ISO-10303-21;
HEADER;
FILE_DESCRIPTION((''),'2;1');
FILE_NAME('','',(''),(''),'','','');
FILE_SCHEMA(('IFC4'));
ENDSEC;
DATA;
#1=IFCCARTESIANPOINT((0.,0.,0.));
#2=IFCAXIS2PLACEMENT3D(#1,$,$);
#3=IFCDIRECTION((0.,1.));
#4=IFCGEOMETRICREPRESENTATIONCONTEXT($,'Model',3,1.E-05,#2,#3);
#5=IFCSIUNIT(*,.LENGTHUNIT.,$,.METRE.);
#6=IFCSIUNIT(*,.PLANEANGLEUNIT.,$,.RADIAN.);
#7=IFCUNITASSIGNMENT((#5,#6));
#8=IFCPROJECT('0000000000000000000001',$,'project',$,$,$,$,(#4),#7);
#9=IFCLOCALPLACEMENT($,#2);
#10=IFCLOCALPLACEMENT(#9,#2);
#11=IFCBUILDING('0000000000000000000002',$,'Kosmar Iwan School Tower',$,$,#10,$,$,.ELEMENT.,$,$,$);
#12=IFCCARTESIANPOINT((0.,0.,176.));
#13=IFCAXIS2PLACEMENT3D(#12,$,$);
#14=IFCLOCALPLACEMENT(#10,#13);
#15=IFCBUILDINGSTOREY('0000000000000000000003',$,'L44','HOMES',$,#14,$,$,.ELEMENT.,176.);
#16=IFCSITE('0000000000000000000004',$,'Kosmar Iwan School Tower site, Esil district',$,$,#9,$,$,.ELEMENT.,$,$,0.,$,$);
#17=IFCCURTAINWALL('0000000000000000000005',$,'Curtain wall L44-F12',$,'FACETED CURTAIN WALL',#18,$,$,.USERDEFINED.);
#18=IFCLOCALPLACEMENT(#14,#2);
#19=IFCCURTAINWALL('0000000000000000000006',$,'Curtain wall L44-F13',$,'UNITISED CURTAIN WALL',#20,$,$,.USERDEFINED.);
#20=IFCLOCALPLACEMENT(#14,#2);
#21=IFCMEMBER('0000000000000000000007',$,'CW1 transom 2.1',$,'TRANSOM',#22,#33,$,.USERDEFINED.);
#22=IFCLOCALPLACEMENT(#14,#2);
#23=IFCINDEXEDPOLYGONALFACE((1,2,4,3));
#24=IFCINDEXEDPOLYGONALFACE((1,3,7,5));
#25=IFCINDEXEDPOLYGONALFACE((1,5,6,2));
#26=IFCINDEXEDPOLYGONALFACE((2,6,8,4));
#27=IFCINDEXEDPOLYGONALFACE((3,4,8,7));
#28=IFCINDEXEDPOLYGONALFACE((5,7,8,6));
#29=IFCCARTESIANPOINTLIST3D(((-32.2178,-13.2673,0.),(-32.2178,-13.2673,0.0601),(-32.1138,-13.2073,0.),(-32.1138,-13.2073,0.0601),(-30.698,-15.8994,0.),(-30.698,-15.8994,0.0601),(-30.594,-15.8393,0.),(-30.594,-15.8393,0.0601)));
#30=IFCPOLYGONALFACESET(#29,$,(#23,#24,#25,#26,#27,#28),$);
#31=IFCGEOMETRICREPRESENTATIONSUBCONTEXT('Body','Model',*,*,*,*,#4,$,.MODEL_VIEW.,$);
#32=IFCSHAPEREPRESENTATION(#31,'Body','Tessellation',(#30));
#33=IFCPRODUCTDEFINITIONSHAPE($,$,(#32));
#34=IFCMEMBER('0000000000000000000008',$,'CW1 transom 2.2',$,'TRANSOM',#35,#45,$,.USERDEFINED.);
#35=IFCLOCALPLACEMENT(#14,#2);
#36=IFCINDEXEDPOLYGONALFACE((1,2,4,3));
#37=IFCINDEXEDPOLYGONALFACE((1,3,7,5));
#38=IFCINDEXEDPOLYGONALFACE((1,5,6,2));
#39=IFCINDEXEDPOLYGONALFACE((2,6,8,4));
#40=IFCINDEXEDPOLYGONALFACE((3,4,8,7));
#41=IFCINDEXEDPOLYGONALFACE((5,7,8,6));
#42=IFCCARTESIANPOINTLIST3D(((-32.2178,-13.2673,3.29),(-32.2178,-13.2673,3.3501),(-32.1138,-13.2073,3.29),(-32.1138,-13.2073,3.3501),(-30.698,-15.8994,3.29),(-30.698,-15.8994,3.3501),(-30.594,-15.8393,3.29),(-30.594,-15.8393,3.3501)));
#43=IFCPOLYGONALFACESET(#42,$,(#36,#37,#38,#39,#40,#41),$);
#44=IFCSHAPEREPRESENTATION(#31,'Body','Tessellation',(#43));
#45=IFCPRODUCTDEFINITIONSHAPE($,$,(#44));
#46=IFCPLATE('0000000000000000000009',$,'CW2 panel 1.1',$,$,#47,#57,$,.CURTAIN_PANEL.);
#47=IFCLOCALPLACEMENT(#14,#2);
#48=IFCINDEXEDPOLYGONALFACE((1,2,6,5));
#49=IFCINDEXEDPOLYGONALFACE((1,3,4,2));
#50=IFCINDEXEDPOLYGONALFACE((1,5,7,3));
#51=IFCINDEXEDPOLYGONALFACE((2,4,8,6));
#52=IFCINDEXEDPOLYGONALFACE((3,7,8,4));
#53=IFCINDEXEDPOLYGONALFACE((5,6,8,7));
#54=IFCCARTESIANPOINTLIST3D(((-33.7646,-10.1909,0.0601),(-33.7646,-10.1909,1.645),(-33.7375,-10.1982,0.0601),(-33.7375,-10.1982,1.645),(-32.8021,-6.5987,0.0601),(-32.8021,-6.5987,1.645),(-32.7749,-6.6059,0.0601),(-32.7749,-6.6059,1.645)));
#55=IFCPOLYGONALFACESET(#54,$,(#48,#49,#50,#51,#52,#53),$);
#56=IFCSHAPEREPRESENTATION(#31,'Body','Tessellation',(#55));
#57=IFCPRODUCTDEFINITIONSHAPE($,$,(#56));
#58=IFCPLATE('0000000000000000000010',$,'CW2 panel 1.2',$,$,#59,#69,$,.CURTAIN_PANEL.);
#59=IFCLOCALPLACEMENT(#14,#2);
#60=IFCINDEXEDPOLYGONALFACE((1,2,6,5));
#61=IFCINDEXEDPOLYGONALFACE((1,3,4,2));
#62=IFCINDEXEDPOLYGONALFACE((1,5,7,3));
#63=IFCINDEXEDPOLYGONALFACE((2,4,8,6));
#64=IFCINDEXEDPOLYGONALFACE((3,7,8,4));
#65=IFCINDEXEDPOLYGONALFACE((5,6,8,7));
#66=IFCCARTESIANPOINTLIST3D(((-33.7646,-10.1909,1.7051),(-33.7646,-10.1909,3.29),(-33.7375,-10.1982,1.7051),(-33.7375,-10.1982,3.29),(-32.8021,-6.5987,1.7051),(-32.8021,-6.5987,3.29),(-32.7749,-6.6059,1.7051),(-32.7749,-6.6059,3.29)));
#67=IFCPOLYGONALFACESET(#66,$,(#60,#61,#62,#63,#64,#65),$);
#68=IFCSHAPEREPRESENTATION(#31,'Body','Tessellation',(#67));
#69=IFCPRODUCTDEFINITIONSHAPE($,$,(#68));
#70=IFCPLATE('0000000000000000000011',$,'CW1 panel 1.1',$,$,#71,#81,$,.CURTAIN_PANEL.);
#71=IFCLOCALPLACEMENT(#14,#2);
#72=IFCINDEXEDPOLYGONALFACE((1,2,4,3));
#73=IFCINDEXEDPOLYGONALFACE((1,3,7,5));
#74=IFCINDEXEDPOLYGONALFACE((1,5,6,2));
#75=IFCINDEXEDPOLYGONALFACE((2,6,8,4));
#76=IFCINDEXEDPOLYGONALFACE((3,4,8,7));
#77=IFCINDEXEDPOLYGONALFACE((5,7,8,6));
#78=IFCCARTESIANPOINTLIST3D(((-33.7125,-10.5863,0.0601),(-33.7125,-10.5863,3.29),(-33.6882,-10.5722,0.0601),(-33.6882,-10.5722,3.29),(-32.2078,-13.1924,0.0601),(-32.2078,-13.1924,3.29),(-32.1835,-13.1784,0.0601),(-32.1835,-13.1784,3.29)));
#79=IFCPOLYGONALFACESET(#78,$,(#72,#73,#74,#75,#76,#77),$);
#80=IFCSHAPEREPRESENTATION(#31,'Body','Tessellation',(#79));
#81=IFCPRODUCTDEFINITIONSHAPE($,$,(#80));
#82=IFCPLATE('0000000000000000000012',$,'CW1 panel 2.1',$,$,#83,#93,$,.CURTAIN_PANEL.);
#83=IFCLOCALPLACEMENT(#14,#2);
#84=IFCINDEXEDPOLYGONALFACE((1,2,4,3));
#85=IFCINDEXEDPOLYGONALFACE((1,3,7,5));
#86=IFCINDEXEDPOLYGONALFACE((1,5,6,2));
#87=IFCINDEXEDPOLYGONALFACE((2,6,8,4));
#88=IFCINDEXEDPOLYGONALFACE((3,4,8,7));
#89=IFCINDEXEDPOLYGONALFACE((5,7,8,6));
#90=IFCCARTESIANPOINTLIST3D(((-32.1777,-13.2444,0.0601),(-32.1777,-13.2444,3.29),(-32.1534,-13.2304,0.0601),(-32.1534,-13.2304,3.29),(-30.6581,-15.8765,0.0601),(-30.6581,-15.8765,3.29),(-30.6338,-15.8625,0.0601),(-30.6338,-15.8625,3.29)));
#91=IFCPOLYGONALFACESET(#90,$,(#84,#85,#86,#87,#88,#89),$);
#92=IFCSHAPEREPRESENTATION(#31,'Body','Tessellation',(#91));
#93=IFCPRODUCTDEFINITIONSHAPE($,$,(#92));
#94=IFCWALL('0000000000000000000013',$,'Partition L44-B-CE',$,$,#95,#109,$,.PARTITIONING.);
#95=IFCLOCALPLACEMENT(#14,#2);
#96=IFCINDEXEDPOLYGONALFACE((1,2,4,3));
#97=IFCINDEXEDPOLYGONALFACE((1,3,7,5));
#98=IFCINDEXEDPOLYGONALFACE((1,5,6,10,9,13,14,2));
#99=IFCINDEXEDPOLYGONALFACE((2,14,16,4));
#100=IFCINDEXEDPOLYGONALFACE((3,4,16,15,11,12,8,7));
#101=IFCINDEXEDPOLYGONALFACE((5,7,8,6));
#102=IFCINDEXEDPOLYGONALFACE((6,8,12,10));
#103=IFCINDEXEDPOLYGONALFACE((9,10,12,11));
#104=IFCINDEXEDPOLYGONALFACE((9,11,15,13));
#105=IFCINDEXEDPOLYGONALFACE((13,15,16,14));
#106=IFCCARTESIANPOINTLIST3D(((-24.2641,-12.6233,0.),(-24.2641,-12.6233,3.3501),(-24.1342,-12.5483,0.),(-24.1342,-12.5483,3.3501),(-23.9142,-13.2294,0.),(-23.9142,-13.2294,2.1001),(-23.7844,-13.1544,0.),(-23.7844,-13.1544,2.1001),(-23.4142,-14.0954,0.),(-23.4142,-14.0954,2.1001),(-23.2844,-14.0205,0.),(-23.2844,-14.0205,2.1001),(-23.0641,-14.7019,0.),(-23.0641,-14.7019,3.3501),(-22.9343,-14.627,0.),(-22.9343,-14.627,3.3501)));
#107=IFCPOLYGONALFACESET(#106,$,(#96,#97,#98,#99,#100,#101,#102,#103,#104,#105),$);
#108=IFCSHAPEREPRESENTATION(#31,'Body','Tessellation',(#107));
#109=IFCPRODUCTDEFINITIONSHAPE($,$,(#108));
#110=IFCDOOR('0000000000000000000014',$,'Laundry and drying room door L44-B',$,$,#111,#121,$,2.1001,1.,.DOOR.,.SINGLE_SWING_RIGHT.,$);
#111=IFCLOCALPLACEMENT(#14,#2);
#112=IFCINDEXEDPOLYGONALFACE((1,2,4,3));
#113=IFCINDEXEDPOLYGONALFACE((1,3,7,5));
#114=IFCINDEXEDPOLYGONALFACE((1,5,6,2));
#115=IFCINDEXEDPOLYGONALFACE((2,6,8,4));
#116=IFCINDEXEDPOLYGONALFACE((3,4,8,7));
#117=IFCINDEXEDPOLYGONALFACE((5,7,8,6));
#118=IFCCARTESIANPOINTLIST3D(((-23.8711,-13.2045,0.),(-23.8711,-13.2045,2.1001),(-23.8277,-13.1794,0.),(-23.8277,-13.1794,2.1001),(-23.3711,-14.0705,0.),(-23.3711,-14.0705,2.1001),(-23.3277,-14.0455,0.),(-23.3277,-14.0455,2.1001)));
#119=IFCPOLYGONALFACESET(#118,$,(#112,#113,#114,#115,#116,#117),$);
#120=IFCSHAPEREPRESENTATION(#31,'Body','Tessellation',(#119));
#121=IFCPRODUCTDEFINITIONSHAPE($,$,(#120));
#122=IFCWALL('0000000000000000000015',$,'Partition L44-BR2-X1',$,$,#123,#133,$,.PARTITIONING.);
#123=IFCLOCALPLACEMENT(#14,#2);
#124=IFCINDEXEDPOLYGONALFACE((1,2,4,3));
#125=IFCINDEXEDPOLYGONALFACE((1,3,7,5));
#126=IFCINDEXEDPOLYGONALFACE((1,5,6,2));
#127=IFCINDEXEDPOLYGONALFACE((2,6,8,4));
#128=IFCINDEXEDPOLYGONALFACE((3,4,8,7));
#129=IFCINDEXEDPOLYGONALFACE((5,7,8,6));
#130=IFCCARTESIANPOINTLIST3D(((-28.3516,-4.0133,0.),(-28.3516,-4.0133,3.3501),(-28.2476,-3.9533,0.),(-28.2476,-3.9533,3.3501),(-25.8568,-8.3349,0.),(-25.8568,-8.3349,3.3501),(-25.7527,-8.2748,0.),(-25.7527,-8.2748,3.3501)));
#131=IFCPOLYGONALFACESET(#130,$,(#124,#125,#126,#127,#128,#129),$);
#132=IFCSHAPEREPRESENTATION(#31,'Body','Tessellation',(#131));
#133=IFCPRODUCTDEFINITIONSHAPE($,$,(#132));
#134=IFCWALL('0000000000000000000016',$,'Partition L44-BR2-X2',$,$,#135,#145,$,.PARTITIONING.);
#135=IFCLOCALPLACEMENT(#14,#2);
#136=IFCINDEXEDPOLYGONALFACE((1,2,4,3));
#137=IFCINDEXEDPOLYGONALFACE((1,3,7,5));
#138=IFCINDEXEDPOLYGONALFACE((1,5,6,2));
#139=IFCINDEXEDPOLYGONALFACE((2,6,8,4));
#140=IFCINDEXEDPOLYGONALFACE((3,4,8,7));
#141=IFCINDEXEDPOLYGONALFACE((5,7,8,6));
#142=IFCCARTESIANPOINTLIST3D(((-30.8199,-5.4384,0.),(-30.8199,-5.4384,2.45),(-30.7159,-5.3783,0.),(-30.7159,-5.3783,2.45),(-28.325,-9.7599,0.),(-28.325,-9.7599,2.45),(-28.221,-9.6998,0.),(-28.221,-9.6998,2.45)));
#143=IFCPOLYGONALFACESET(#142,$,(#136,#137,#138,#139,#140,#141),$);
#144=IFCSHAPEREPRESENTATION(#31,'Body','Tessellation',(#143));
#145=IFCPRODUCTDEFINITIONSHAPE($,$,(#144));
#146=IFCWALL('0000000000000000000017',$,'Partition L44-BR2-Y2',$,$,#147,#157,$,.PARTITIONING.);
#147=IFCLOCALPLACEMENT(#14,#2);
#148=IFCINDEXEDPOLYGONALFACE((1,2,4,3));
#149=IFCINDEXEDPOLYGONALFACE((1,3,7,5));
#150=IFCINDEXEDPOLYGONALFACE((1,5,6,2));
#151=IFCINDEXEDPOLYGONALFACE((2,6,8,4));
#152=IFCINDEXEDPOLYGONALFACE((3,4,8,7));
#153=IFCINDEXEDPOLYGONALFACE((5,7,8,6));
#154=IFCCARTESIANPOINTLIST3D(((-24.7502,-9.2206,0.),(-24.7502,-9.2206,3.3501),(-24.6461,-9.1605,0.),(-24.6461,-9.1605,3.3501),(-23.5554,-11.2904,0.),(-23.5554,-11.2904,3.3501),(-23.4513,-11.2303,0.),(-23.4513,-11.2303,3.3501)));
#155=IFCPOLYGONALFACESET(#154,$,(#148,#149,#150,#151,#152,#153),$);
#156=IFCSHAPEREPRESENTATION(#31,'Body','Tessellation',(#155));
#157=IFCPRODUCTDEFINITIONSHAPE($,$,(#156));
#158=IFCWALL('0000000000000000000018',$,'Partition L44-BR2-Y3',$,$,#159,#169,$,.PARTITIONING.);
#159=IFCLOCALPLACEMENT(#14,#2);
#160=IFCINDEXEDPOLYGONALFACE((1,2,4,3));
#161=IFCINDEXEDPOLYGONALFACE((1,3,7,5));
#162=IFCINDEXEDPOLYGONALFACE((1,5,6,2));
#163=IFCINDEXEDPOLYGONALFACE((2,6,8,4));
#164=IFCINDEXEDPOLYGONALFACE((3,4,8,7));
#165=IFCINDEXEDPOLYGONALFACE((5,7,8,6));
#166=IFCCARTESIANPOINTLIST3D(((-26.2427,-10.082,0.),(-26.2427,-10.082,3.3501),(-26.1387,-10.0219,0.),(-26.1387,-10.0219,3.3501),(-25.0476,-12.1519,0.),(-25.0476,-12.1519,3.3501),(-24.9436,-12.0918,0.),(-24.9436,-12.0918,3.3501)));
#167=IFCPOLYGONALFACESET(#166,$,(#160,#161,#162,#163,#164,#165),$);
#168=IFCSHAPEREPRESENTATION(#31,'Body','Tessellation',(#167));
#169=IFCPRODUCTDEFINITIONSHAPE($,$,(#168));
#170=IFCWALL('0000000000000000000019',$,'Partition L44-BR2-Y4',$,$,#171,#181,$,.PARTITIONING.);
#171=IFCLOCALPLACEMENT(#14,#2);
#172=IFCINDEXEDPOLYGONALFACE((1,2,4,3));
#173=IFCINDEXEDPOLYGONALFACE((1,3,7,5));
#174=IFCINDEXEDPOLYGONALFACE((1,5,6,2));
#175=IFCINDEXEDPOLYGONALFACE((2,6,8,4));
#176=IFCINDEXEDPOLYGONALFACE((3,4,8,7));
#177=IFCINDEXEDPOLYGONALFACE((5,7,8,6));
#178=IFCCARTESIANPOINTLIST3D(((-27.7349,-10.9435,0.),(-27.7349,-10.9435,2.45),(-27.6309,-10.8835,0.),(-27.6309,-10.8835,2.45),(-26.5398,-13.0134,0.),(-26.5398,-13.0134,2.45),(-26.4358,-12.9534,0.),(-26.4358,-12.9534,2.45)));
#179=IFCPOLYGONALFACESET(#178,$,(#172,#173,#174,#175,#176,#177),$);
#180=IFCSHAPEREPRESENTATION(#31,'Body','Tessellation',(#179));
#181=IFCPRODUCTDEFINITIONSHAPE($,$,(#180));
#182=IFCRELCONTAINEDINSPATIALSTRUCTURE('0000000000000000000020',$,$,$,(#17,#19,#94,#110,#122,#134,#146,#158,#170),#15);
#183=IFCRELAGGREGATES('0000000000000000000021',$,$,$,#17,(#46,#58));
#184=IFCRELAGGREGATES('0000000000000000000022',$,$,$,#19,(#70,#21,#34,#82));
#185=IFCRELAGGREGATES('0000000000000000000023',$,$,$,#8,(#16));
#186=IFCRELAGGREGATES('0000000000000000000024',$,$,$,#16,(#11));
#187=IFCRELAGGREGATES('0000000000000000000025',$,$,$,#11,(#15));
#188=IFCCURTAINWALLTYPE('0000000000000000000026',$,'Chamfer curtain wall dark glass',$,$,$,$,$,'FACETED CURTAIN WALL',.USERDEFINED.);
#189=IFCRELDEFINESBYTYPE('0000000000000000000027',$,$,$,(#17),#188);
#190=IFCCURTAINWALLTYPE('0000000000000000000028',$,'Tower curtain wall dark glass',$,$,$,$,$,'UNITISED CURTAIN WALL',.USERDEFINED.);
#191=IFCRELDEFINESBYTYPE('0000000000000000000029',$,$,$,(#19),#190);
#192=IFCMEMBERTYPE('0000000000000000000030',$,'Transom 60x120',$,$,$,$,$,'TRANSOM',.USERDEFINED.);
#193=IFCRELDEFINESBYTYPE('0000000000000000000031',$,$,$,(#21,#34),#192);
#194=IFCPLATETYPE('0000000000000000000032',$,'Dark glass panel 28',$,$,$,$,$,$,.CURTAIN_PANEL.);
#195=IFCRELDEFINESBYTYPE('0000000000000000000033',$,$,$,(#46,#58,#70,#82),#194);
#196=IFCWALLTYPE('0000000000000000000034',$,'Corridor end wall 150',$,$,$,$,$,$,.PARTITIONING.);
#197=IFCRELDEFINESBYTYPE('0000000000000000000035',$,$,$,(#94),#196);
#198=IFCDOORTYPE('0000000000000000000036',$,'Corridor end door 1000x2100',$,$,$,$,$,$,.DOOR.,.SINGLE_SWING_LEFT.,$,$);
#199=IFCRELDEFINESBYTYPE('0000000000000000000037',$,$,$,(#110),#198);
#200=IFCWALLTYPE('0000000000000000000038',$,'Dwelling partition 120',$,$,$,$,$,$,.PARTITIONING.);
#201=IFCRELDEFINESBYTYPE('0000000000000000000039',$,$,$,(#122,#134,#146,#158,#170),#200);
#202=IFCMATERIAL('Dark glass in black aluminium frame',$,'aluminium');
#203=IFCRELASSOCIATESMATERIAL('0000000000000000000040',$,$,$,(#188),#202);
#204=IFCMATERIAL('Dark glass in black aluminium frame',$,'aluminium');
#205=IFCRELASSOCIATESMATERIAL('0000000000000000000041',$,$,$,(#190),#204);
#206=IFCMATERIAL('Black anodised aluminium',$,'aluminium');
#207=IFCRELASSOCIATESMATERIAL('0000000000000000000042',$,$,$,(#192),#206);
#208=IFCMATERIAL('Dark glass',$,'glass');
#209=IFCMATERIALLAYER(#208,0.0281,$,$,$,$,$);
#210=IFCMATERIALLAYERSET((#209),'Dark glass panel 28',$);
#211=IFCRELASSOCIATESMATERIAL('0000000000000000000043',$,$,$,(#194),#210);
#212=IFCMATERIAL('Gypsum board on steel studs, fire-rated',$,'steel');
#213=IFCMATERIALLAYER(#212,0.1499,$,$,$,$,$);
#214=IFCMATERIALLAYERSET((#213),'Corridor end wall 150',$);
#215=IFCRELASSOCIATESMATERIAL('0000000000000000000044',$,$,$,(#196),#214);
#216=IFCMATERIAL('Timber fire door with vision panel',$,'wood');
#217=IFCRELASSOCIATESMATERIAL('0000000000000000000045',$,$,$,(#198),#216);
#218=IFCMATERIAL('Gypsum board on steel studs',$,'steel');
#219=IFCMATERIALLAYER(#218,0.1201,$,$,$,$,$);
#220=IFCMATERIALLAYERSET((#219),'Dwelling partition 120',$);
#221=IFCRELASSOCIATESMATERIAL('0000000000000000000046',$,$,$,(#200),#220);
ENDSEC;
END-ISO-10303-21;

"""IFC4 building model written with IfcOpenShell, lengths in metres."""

from ifc_helpers import new_model, si_unit, direction, frame, frame_2d, origin, origin_2d, place, context, subcontext, project, spatial, rectangle, extrude, material, layer, layer_set, material_profile, profile_set, type_object, element, fill, aggregate, save


model = new_model("IFC4")

# Units and contexts
model_context = context("Model", 3, precision=1e-05, world=origin(), true_north=direction((0.0, 1.0)))
body_context = subcontext(model_context, "Body", "Model", "MODEL_VIEW")
ifc_project = project(units=[si_unit("LENGTHUNIT", "METRE"), si_unit("PLANEANGLEUNIT", "RADIAN")], contexts=[model_context])

# Site, building, storey
site_placement = place(None, origin())
site = spatial("IfcSite", under=ifc_project, at=site_placement, Name="Kosmar Iwan School Tower site, Esil district", CompositionType="ELEMENT", RefElevation=0.0)
building_placement = place(site_placement, origin())
building = spatial("IfcBuilding", under=site, at=building_placement, Name="Kosmar Iwan School Tower", CompositionType="ELEMENT")
storey_placement = place(building_placement, frame((0.0, 0.0, 176.0)))
storey = spatial("IfcBuildingStorey", under=building, at=storey_placement, Name="L44", Description="HOMES", CompositionType="ELEMENT", Elevation=176.0)

# Curtain walls
ifc_material_1 = material(Name="Dark glass in black aluminium frame", Category="aluminium")
curtain_wall_type_1 = type_object("IfcCurtainWallType", Name="Chamfer curtain wall dark glass", ElementType="FACETED CURTAIN WALL", PredefinedType="USERDEFINED", material=ifc_material_1)
curtain_wall_1_placement = place(storey_placement, origin())
curtain_wall_1 = element("IfcCurtainWall", 1, at=curtain_wall_1_placement, inside=storey, type_object=curtain_wall_type_1, Name="Curtain wall L44-F12", ObjectType="FACETED CURTAIN WALL", PredefinedType="USERDEFINED")
ifc_material_2 = material(Name="Dark glass in black aluminium frame", Category="aluminium")
curtain_wall_type_2 = type_object("IfcCurtainWallType", Name="Tower curtain wall dark glass", ElementType="UNITISED CURTAIN WALL", PredefinedType="USERDEFINED", material=ifc_material_2)
curtain_wall_2_placement = place(storey_placement, origin())
curtain_wall_2 = element("IfcCurtainWall", 2, at=curtain_wall_2_placement, inside=storey, type_object=curtain_wall_type_2, Name="Curtain wall L44-F13", ObjectType="UNITISED CURTAIN WALL", PredefinedType="USERDEFINED")

# Members
ifc_material_3 = material(Name="Black anodised aluminium", Category="aluminium")
ifc_material_profile_1 = material_profile(ifc_material_3, rectangle(XDim=0.1201, YDim=0.0601, at=origin_2d()), Name="TRANSOM 60x120")
ifc_profile_set_1 = profile_set([ifc_material_profile_1], Name="Black anodised aluminium")
member_type_1 = type_object("IfcMemberType", Name="Transom 60x120", ElementType="TRANSOM", PredefinedType="USERDEFINED", material=ifc_profile_set_1)
member_1_placement = place(storey_placement, frame((-32.1658, -13.2373, 0.03), z_axis=(0.500035, -0.866005, 0.0), x_axis=(0.866005, 0.500035, 0.0)))
member_1 = element("IfcMember", 3, at=member_1_placement, type_object=member_type_1, Name="CW1 transom 2.1", ObjectType="TRANSOM", PredefinedType="USERDEFINED", context=body_context, shape_type="SweptSolid", body=[
    extrude(rectangle(XDim=0.1201, YDim=0.0601, at=origin_2d()), origin(), (0.0, 0.0, 1.0), 3.0393),
])
member_2_placement = place(storey_placement, frame((-32.1658, -13.2373, 3.3201), z_axis=(0.500035, -0.866005, 0.0), x_axis=(0.866005, 0.500035, 0.0)))
member_2 = element("IfcMember", 4, at=member_2_placement, type_object=member_type_1, Name="CW1 transom 2.2", ObjectType="TRANSOM", PredefinedType="USERDEFINED", context=body_context, shape_type="SweptSolid", body=[
    extrude(rectangle(XDim=0.1201, YDim=0.0601, at=origin_2d()), origin(), (0.0, 0.0, 1.0), 3.0393),
])

# Plates
ifc_material_4 = material(Name="Dark glass", Category="glass")
ifc_layer_1 = layer(ifc_material_4, 0.0281)
ifc_layer_set_1 = layer_set([ifc_layer_1], Name="Dark glass panel 28")
plate_type = type_object("IfcPlateType", Name="Dark glass panel 28", PredefinedType="CURTAIN_PANEL", material=ifc_layer_set_1)
plate_1_placement = place(storey_placement, frame((-33.2698, -8.3984, 0.0601), z_axis=(0.0, 0.0, 1.0), x_axis=(-0.258819, -0.965926, 0.0)))
plate_1 = element("IfcPlate", 5, at=plate_1_placement, type_object=plate_type, Name="CW2 panel 1.1", PredefinedType="CURTAIN_PANEL", context=body_context, shape_type="SweptSolid", body=[
    extrude(rectangle(XDim=3.719, YDim=0.0281, at=origin_2d()), origin(), (0.0, 0.0, 1.0), 1.585),
])
plate_2_placement = place(storey_placement, frame((-33.2698, -8.3984, 1.7051), z_axis=(0.0, 0.0, 1.0), x_axis=(-0.258819, -0.965926, 0.0)))
plate_2 = element("IfcPlate", 6, at=plate_2_placement, type_object=plate_type, Name="CW2 panel 1.2", PredefinedType="CURTAIN_PANEL", context=body_context, shape_type="SweptSolid", body=[
    extrude(rectangle(XDim=3.719, YDim=0.0281, at=origin_2d()), origin(), (0.0, 0.0, 1.0), 1.585),
])
aggregate(curtain_wall_1, [plate_1, plate_2])
plate_3_placement = place(storey_placement, frame((-32.948, -11.8823, 0.0601), z_axis=(0.0, 0.0, 1.0), x_axis=(0.5, -0.866025, 0.0)))
plate_3 = element("IfcPlate", 7, at=plate_3_placement, type_object=plate_type, Name="CW1 panel 1.1", PredefinedType="CURTAIN_PANEL", context=body_context, shape_type="SweptSolid", body=[
    extrude(rectangle(XDim=3.0093, YDim=0.0281, at=origin_2d()), origin(), (0.0, 0.0, 1.0), 3.23),
])
plate_4_placement = place(storey_placement, frame((-31.4058, -14.5535, 0.0601), z_axis=(0.0, 0.0, 1.0), x_axis=(0.5, -0.866025, 0.0)))
plate_4 = element("IfcPlate", 8, at=plate_4_placement, type_object=plate_type, Name="CW1 panel 2.1", PredefinedType="CURTAIN_PANEL", context=body_context, shape_type="SweptSolid", body=[
    extrude(rectangle(XDim=3.0393, YDim=0.0281, at=origin_2d()), origin(), (0.0, 0.0, 1.0), 3.23),
])
aggregate(curtain_wall_2, [plate_3, member_1, member_2, plate_4])

# Wall, opening, door
ifc_material_5 = material(Name="Gypsum board on steel studs, fire-rated", Category="steel")
ifc_layer_2 = layer(ifc_material_5, 0.1499)
ifc_layer_set_2 = layer_set([ifc_layer_2], Name="Corridor end wall 150")
wall_type_1 = type_object("IfcWallType", Name="Corridor end wall 150", PredefinedType="PARTITIONING", material=ifc_layer_set_2)
wall_1_placement = place(storey_placement, frame((-24.1992, -12.5857, 0.0), z_axis=(0.0, 0.0, 1.0), x_axis=(0.499957, -0.86605, 0.0)))
wall_1 = element("IfcWall", 9, at=wall_1_placement, inside=storey, type_object=wall_type_1, Name="Partition L44-B-CE", PredefinedType="PARTITIONING", context=body_context, shape_type="SweptSolid", body=[
    extrude(rectangle(XDim=2.4001, YDim=0.1499, at=frame_2d((1.2002, 0.0))), origin(), (0.0, 0.0, 1.0), 3.3501),
])
opening_placement = place(wall_1_placement, frame((0.7, 0.0, 0.0)))
opening = element("IfcOpeningElement", 10, at=opening_placement, cuts=wall_1, PredefinedType="OPENING", context=body_context, shape_type="SweptSolid", body=[
    extrude(rectangle(XDim=1.0, YDim=2.1001, at=frame_2d((0.5, 1.05))), frame((0.0, 0.0869, 0.0), z_axis=(0.0, -1.0, 0.0), x_axis=(1.0, 0.0, 0.0)), (0.0, 0.0, 1.0), 0.1738),
])
ifc_material_6 = material(Name="Timber fire door with vision panel", Category="wood")
door_type = type_object("IfcDoorType", Name="Corridor end door 1000x2100", OperationType="SINGLE_SWING_LEFT", PredefinedType="DOOR", material=ifc_material_6)
door_placement = place(opening_placement, origin())
door = element("IfcDoor", 11, at=door_placement, inside=storey, type_object=door_type, Name="Laundry and drying room door L44-B", OperationType="SINGLE_SWING_RIGHT", OverallHeight=2.1001, OverallWidth=1.0, PredefinedType="DOOR", context=body_context, shape_type="SweptSolid", body=[
    extrude(rectangle(XDim=1.0, YDim=2.1001, at=frame_2d((0.5, 1.05))), frame((0.0, 0.0249, 0.0), z_axis=(0.0, -1.0, 0.0), x_axis=(1.0, 0.0, 0.0)), (0.0, 0.0, 1.0), 0.05),
])
fill(opening, door)

# Walls
ifc_material_7 = material(Name="Gypsum board on steel studs", Category="steel")
ifc_layer_3 = layer(ifc_material_7, 0.1201)
ifc_layer_set_3 = layer_set([ifc_layer_3], Name="Dwelling partition 120")
wall_type_2 = type_object("IfcWallType", Name="Dwelling partition 120", PredefinedType="PARTITIONING", material=ifc_layer_set_3)
wall_2_placement = place(storey_placement, frame((-25.8047, -8.3049, 0.0), z_axis=(0.0, 0.0, 1.0), x_axis=(-0.499975, 0.86604, 0.0)))
element("IfcWall", 12, at=wall_2_placement, inside=storey, type_object=wall_type_2, Name="Partition L44-BR2-X1", PredefinedType="PARTITIONING", context=body_context, shape_type="SweptSolid", body=[
    extrude(rectangle(XDim=4.99, YDim=0.1201, at=frame_2d((2.4951, 0.0))), origin(), (0.0, 0.0, 1.0), 3.3501),
])
wall_3_placement = place(storey_placement, frame((-28.2729, -9.73, 0.0), z_axis=(0.0, 0.0, 1.0), x_axis=(-0.499975, 0.86604, 0.0)))
element("IfcWall", 13, at=wall_3_placement, inside=storey, type_object=wall_type_2, Name="Partition L44-BR2-X2", PredefinedType="PARTITIONING", context=body_context, shape_type="SweptSolid", body=[
    extrude(rectangle(XDim=4.99, YDim=0.1201, at=frame_2d((2.4951, 0.0))), origin(), (0.0, 0.0, 1.0), 2.45),
])
wall_4_placement = place(storey_placement, frame((-23.5034, -11.2603, 0.0), z_axis=(0.0, 0.0, 1.0), x_axis=(-0.499941, 0.86606, 0.0)))
element("IfcWall", 14, at=wall_4_placement, inside=storey, type_object=wall_type_2, Name="Partition L44-BR2-Y2", PredefinedType="PARTITIONING", context=body_context, shape_type="SweptSolid", body=[
    extrude(rectangle(XDim=2.3899, YDim=0.1201, at=frame_2d((1.1948, 0.0))), origin(), (0.0, 0.0, 1.0), 3.3501),
])
wall_5_placement = place(storey_placement, frame((-24.9956, -12.1218, 0.0), z_axis=(0.0, 0.0, 1.0), x_axis=(-0.500017, 0.866015, 0.0)))
element("IfcWall", 15, at=wall_5_placement, inside=storey, type_object=wall_type_2, Name="Partition L44-BR2-Y3", PredefinedType="PARTITIONING", context=body_context, shape_type="SweptSolid", body=[
    extrude(rectangle(XDim=2.3901, YDim=0.1201, at=frame_2d((1.1951, 0.0))), origin(), (0.0, 0.0, 1.0), 3.3501),
])
wall_6_placement = place(storey_placement, frame((-26.4878, -12.9834, 0.0), z_axis=(0.0, 0.0, 1.0), x_axis=(-0.500017, 0.866015, 0.0)))
element("IfcWall", 16, at=wall_6_placement, inside=storey, type_object=wall_type_2, Name="Partition L44-BR2-Y4", PredefinedType="PARTITIONING", context=body_context, shape_type="SweptSolid", body=[
    extrude(rectangle(XDim=2.3901, YDim=0.1201, at=frame_2d((1.1951, 0.0))), origin(), (0.0, 0.0, 1.0), 2.45),
])

save(model, "model.ifc")
